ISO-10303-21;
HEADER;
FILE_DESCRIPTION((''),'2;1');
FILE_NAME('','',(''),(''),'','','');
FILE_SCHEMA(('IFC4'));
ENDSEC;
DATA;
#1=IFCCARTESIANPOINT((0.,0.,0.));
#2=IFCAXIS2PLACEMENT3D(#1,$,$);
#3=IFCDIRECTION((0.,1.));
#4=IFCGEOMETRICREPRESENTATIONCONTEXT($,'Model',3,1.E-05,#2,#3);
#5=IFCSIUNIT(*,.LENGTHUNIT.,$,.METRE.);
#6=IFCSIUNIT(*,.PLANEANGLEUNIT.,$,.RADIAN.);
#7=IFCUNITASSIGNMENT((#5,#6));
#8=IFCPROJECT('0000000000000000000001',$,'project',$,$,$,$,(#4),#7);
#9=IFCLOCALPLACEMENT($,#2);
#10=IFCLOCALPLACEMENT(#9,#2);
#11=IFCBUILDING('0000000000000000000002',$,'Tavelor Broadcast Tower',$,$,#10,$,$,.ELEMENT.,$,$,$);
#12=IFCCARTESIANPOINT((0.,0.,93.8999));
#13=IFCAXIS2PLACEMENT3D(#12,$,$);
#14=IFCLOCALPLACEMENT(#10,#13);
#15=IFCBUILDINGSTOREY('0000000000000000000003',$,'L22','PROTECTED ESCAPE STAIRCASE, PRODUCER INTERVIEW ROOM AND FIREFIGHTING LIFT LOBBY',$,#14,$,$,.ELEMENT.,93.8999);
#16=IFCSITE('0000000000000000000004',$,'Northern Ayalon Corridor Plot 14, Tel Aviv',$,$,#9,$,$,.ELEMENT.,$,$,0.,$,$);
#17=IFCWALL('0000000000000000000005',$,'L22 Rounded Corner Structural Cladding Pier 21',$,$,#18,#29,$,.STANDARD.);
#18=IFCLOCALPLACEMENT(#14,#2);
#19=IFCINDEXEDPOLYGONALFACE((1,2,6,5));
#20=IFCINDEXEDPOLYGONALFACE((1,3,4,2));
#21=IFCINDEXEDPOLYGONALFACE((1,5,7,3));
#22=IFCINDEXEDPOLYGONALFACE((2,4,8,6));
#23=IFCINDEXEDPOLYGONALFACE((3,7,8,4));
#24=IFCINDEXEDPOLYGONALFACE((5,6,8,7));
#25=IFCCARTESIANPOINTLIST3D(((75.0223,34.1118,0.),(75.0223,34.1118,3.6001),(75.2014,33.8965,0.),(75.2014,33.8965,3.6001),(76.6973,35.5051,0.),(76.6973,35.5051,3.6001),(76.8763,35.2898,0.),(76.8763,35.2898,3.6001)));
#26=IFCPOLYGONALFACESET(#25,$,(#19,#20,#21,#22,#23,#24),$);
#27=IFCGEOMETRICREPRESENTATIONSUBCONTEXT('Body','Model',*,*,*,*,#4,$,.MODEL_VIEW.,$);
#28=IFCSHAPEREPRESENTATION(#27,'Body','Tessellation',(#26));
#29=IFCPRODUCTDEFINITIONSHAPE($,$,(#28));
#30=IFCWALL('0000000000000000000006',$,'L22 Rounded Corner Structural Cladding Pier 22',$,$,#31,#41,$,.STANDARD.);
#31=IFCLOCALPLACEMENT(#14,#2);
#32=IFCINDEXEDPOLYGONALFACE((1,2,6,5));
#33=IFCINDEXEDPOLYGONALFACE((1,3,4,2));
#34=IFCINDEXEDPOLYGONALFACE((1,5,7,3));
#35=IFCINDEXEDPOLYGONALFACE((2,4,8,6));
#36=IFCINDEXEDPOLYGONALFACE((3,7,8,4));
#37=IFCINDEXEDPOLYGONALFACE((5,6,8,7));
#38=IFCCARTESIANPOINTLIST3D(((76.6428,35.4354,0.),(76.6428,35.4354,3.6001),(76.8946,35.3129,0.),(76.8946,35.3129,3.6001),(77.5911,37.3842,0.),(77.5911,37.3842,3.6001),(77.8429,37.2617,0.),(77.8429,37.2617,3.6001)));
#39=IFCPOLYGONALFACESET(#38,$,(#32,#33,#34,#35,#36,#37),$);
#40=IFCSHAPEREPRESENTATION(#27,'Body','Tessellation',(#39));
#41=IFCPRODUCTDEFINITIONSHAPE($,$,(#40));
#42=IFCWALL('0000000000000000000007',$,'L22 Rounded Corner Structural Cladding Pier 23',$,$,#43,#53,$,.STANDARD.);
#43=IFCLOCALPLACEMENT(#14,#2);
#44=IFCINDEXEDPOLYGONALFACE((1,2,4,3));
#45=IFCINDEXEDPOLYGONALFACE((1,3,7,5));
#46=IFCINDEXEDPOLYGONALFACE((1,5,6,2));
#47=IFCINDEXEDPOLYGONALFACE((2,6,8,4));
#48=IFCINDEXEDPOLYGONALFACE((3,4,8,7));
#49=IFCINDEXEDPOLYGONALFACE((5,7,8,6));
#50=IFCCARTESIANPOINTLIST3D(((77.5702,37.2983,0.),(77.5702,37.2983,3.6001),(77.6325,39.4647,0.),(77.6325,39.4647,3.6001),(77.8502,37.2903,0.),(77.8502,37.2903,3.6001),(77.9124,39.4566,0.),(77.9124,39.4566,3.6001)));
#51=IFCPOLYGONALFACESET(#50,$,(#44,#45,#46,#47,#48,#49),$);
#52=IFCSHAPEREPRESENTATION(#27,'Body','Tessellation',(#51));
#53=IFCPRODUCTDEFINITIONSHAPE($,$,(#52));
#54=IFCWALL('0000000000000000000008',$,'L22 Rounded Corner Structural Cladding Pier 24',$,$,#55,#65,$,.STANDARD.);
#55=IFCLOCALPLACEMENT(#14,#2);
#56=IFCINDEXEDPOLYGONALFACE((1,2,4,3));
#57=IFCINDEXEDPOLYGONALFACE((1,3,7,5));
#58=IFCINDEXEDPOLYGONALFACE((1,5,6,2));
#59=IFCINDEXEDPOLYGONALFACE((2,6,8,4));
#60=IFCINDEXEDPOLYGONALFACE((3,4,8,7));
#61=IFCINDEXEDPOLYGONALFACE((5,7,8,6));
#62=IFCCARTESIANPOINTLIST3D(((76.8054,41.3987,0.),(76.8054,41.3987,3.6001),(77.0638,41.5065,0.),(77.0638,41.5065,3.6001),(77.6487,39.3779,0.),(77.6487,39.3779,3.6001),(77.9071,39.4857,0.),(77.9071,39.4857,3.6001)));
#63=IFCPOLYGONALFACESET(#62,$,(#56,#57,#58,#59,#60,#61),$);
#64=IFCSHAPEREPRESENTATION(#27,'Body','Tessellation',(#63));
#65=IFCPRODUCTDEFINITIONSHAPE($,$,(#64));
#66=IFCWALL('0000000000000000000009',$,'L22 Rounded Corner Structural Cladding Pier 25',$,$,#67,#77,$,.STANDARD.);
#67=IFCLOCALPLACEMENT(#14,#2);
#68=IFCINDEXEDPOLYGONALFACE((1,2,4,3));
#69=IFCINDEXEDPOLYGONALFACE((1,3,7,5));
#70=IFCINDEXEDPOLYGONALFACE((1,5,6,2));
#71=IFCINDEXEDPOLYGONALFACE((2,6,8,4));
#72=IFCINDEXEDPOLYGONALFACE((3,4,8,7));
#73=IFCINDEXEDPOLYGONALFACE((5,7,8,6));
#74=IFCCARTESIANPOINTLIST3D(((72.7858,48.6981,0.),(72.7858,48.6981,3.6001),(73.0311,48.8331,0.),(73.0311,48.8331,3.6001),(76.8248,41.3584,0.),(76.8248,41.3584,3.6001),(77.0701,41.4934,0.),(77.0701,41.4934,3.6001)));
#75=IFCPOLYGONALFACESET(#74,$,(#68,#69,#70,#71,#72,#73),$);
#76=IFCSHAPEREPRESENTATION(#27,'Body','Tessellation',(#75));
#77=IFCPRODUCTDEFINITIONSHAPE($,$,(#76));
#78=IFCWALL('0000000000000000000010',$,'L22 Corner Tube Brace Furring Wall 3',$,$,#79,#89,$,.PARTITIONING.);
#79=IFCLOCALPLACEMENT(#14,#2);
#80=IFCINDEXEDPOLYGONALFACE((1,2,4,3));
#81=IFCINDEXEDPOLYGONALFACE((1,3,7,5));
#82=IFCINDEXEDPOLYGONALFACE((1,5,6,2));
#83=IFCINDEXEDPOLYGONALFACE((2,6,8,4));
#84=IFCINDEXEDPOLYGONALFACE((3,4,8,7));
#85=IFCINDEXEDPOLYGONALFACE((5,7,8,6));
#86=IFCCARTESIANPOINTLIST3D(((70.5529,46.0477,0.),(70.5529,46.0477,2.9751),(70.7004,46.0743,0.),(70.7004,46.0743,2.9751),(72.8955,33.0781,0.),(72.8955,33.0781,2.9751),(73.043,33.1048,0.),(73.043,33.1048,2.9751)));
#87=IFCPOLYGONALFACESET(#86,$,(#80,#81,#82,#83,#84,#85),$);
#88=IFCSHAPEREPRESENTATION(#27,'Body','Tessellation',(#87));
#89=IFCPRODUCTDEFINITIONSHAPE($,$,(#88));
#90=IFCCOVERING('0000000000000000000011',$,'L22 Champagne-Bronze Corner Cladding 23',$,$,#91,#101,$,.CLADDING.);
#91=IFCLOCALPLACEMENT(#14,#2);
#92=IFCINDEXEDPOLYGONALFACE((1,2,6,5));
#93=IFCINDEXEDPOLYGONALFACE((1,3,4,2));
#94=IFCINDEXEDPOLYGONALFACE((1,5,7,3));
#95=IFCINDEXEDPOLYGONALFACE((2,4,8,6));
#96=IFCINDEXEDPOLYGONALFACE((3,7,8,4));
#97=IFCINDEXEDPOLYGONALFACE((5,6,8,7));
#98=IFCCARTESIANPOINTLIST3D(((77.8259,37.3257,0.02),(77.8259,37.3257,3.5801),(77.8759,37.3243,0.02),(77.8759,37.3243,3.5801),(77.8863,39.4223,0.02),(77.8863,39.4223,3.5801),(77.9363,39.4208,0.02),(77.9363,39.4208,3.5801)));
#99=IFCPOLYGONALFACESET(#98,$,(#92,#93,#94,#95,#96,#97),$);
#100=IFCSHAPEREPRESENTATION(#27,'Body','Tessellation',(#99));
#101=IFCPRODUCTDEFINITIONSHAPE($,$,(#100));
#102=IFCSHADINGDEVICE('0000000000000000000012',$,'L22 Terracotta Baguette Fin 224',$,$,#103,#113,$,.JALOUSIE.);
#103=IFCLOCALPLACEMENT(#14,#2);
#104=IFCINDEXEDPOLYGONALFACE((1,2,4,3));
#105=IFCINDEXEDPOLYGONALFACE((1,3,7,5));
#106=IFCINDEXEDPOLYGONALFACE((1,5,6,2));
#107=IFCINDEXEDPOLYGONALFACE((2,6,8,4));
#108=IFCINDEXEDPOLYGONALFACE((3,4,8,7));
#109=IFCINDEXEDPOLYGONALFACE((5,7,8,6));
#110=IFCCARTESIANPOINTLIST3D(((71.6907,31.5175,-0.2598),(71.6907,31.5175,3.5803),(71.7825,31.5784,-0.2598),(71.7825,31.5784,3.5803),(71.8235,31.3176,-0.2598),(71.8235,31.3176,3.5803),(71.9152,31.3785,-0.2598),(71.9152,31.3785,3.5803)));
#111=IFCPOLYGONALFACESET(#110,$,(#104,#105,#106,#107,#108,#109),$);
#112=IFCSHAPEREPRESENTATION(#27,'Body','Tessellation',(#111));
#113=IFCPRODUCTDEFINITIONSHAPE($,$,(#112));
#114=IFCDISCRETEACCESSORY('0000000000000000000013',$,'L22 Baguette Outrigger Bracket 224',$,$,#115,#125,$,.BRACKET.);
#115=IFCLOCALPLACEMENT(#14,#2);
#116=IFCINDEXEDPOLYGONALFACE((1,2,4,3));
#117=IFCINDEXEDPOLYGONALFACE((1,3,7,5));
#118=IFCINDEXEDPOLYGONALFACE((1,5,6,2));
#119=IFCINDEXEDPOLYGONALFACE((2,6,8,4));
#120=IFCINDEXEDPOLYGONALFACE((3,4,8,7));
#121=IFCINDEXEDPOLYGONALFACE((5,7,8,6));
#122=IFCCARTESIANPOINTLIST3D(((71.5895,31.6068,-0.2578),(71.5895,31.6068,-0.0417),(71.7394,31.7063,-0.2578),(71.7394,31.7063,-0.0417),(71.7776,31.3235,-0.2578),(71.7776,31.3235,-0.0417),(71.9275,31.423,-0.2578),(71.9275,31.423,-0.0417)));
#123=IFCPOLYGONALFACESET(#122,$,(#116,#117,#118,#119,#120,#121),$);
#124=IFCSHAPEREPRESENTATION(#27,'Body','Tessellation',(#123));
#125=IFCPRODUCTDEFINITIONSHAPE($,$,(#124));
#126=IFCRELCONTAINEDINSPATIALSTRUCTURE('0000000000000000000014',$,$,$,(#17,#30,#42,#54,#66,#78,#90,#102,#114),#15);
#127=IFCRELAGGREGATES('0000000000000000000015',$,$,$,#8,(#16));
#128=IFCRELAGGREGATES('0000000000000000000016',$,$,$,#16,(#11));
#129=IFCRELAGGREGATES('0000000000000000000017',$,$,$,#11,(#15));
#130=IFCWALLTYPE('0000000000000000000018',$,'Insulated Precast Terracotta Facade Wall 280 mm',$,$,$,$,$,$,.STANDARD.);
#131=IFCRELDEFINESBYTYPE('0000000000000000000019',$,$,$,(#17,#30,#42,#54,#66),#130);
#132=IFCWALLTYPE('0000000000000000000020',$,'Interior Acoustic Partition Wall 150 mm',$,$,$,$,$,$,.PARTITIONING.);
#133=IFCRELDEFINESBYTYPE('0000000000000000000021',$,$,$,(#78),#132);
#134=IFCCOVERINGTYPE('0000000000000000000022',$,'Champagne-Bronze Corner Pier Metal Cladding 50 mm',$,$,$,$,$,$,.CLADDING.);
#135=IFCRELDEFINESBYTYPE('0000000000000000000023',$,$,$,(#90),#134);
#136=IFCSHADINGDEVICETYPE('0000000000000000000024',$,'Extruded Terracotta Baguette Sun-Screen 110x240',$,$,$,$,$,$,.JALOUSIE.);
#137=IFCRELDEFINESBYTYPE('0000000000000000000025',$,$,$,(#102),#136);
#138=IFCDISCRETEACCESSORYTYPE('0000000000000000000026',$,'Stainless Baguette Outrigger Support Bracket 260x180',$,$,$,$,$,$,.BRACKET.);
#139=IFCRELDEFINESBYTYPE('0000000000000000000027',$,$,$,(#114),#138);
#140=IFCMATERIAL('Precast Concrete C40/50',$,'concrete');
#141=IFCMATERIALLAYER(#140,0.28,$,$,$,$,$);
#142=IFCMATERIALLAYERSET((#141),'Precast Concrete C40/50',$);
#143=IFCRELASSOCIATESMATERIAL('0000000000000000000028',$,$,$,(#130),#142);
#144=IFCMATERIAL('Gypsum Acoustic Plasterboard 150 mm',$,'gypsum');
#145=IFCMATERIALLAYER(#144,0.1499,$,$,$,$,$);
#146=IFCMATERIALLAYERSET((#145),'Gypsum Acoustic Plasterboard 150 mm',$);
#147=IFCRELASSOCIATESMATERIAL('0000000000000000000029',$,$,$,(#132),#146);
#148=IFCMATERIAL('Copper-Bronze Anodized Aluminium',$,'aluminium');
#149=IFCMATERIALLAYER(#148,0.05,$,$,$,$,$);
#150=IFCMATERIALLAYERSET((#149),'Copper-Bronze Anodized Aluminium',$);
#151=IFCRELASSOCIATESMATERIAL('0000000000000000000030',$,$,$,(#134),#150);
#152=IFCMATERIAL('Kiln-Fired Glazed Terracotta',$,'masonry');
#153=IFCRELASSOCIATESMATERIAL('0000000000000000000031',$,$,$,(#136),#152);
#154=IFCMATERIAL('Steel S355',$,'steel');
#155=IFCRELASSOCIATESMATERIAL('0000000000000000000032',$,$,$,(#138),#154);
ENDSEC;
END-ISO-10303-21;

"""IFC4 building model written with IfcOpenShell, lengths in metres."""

from ifc_helpers import new_model, si_unit, direction, frame, frame_2d, origin, origin_2d, place, context, subcontext, project, spatial, rectangle, extrude, source, transform, mapped, material, layer, layer_set, type_object, type_shapes, element, save


model = new_model("IFC4")

# Units and contexts
model_context = context("Model", 3, precision=1e-05, world=origin(), true_north=direction((0.0, 1.0)))
body_context = subcontext(model_context, "Body", "Model", "MODEL_VIEW")
ifc_project = project(units=[si_unit("LENGTHUNIT", "METRE"), si_unit("PLANEANGLEUNIT", "RADIAN")], contexts=[model_context])

# Site, building, storey
site_placement = place(None, origin())
site = spatial("IfcSite", under=ifc_project, at=site_placement, Name="Northern Ayalon Corridor Plot 14, Tel Aviv", CompositionType="ELEMENT", RefElevation=0.0)
building_placement = place(site_placement, origin())
building = spatial("IfcBuilding", under=site, at=building_placement, Name="Tavelor Broadcast Tower", CompositionType="ELEMENT")
storey_placement = place(building_placement, frame((0.0, 0.0, 93.8999)))
storey = spatial("IfcBuildingStorey", under=building, at=storey_placement, Name="L22", Description="PROTECTED ESCAPE STAIRCASE, PRODUCER INTERVIEW ROOM AND FIREFIGHTING LIFT LOBBY", CompositionType="ELEMENT", Elevation=93.8999)

# Shared definitions
ifc_material_1 = material(Name="Steel S355", Category="steel")

# Walls
ifc_material_2 = material(Name="Precast Concrete C40/50", Category="concrete")
ifc_layer_1 = layer(ifc_material_2, 0.28)
ifc_layer_set_1 = layer_set([ifc_layer_1], Name="Precast Concrete C40/50")
wall_type_1 = type_object("IfcWallType", Name="Insulated Precast Terracotta Facade Wall 280 mm", PredefinedType="STANDARD", material=ifc_layer_set_1)
wall_1_placement = place(storey_placement, frame((75.1118, 34.0042, 0.0), z_axis=(0.0, 0.0, 1.0), x_axis=(0.7688, 0.63949, 0.0)))
element("IfcWall", 1, at=wall_1_placement, inside=storey, type_object=wall_type_1, Name="L22 Rounded Corner Structural Cladding Pier 21", PredefinedType="STANDARD", context=body_context, shape_type="SweptSolid", body=[
    extrude(rectangle(XDim=2.1787, YDim=0.28, at=frame_2d((1.0894, 0.0))), origin(), (0.0, 0.0, 1.0), 3.6001),
])
for number, where, z_axis, x_axis, name in (
    (2, (76.7688, 35.3743, 0.0), (0.0, 0.0, 1.0), (0.437545, 0.899197, 0.0), "L22 Rounded Corner Structural Cladding Pier 22"),
    (3, (77.7102, 37.2944, 0.0), (0.0, 0.0, 1.0), (0.028727, 0.999587, 0.0), "L22 Rounded Corner Structural Cladding Pier 23"),
):
    element("IfcWall", number, at=place(storey_placement, frame(where, z_axis=z_axis, x_axis=x_axis)), inside=storey, type_object=wall_type_1, Name=name, PredefinedType="STANDARD", context=body_context, shape_type="SweptSolid", body=[
        extrude(rectangle(XDim=2.1672, YDim=0.28, at=frame_2d((1.0835, 0.0))), origin(), (0.0, 0.0, 1.0), 3.6001),
    ])
wall_2_placement = place(storey_placement, frame((77.7778, 39.4319, 0.0), z_axis=(0.0, 0.0, 1.0), x_axis=(-0.385114, 0.922869, 0.0)))
element("IfcWall", 4, at=wall_2_placement, inside=storey, type_object=wall_type_1, Name="L22 Rounded Corner Structural Cladding Pier 24", PredefinedType="STANDARD", context=body_context, shape_type="SweptSolid", body=[
    extrude(rectangle(XDim=2.1897, YDim=0.28, at=frame_2d((1.0947, 0.0))), origin(), (0.0, 0.0, 1.0), 3.6001),
])
wall_3_placement = place(storey_placement, frame((76.9475, 41.4258, 0.0), z_axis=(0.0, 0.0, 1.0), x_axis=(-0.482116, 0.876108, 0.0)))
element("IfcWall", 5, at=wall_3_placement, inside=storey, type_object=wall_type_1, Name="L22 Rounded Corner Structural Cladding Pier 25", PredefinedType="STANDARD", context=body_context, shape_type="SweptSolid", body=[
    extrude(rectangle(XDim=8.3777, YDim=0.28, at=frame_2d((4.189, 0.0))), origin(), (0.0, 0.0, 1.0), 3.6001),
])
ifc_material_3 = material(Name="Gypsum Acoustic Plasterboard 150 mm", Category="gypsum")
ifc_layer_2 = layer(ifc_material_3, 0.1499)
ifc_layer_set_2 = layer_set([ifc_layer_2], Name="Gypsum Acoustic Plasterboard 150 mm")
wall_type_2 = type_object("IfcWallType", Name="Interior Acoustic Partition Wall 150 mm", PredefinedType="PARTITIONING", material=ifc_layer_set_2)
wall_4_placement = place(storey_placement, frame((72.9692, 33.0913, 0.0), z_axis=(0.0, 0.0, 1.0), x_axis=(-0.177743, 0.984077, 0.0)))
element("IfcWall", 6, at=wall_4_placement, inside=storey, type_object=wall_type_2, Name="L22 Corner Tube Brace Furring Wall 3", PredefinedType="PARTITIONING", context=body_context, shape_type="SweptSolid", body=[
    extrude(rectangle(XDim=13.1794, YDim=0.1499, at=frame_2d((6.5898, 0.0))), origin(), (0.0, 0.0, 1.0), 2.9751),
])

# Covering
ifc_material_4 = material(Name="Copper-Bronze Anodized Aluminium", Category="aluminium")
ifc_layer_3 = layer(ifc_material_4, 0.05)
ifc_layer_set_3 = layer_set([ifc_layer_3], Name="Copper-Bronze Anodized Aluminium")
covering_type = type_object("IfcCoveringType", Name="Champagne-Bronze Corner Pier Metal Cladding 50 mm", PredefinedType="CLADDING", material=ifc_layer_set_3)
covering_placement = place(storey_placement, frame((77.8811, 38.3733, 0.02), z_axis=(0.0, 0.0, 1.0), x_axis=(0.028794, 0.999585, 0.0)))
element("IfcCovering", 7, at=covering_placement, inside=storey, type_object=covering_type, Name="L22 Champagne-Bronze Corner Cladding 23", PredefinedType="CLADDING", context=body_context, shape_type="SweptSolid", body=[
    extrude(rectangle(XDim=2.0974, YDim=0.05, at=origin_2d()), origin(), (0.0, 0.0, 1.0), 3.5601),
])

# Shading device
ifc_material_5 = material(Name="Kiln-Fired Glazed Terracotta", Category="masonry")
shading_device_type = type_object("IfcShadingDeviceType", Name="Extruded Terracotta Baguette Sun-Screen 110x240", PredefinedType="JALOUSIE", material=ifc_material_5)
shared_shape_1 = source(origin(), body_context, "Body", "SweptSolid", [
    extrude(rectangle(XDim=0.1101, YDim=0.24, at=origin_2d()), origin(), (0.0, 0.0, 1.0), 3.8401),
])
type_shapes(shading_device_type, [shared_shape_1])
shading_device_placement = place(storey_placement, frame((71.803, 31.448, -0.2598), z_axis=(0.0, 0.0, 1.0), x_axis=(0.833114, 0.553101, 0.0)))
element("IfcShadingDevice", 8, at=shading_device_placement, inside=storey, type_object=shading_device_type, Name="L22 Terracotta Baguette Fin 224", PredefinedType="JALOUSIE", context=body_context, shape_type="MappedRepresentation", body=[
    mapped(shared_shape_1, transform((0.0, 0.0, 0.0), scale=1.0)),
])

# Discrete accessory
discrete_accessory_type = type_object("IfcDiscreteAccessoryType", Name="Stainless Baguette Outrigger Support Bracket 260x180", PredefinedType="BRACKET", material=ifc_material_1)
shared_shape_2 = source(origin(), body_context, "Body", "SweptSolid", [
    extrude(rectangle(XDim=0.1799, YDim=0.3401, at=origin_2d()), origin(), (0.0, 0.0, 1.0), 0.2161),
])
type_shapes(discrete_accessory_type, [shared_shape_2])
discrete_accessory_placement = place(storey_placement, frame((71.7585, 31.5149, -0.2578), z_axis=(0.0, 0.0, 1.0), x_axis=(0.833114, 0.553101, 0.0)))
element("IfcDiscreteAccessory", 9, at=discrete_accessory_placement, inside=storey, type_object=discrete_accessory_type, Name="L22 Baguette Outrigger Bracket 224", PredefinedType="BRACKET", context=body_context, shape_type="MappedRepresentation", body=[
    mapped(shared_shape_2, transform((0.0, 0.0, 0.0), scale=1.0)),
])

save(model, "model.ifc")
